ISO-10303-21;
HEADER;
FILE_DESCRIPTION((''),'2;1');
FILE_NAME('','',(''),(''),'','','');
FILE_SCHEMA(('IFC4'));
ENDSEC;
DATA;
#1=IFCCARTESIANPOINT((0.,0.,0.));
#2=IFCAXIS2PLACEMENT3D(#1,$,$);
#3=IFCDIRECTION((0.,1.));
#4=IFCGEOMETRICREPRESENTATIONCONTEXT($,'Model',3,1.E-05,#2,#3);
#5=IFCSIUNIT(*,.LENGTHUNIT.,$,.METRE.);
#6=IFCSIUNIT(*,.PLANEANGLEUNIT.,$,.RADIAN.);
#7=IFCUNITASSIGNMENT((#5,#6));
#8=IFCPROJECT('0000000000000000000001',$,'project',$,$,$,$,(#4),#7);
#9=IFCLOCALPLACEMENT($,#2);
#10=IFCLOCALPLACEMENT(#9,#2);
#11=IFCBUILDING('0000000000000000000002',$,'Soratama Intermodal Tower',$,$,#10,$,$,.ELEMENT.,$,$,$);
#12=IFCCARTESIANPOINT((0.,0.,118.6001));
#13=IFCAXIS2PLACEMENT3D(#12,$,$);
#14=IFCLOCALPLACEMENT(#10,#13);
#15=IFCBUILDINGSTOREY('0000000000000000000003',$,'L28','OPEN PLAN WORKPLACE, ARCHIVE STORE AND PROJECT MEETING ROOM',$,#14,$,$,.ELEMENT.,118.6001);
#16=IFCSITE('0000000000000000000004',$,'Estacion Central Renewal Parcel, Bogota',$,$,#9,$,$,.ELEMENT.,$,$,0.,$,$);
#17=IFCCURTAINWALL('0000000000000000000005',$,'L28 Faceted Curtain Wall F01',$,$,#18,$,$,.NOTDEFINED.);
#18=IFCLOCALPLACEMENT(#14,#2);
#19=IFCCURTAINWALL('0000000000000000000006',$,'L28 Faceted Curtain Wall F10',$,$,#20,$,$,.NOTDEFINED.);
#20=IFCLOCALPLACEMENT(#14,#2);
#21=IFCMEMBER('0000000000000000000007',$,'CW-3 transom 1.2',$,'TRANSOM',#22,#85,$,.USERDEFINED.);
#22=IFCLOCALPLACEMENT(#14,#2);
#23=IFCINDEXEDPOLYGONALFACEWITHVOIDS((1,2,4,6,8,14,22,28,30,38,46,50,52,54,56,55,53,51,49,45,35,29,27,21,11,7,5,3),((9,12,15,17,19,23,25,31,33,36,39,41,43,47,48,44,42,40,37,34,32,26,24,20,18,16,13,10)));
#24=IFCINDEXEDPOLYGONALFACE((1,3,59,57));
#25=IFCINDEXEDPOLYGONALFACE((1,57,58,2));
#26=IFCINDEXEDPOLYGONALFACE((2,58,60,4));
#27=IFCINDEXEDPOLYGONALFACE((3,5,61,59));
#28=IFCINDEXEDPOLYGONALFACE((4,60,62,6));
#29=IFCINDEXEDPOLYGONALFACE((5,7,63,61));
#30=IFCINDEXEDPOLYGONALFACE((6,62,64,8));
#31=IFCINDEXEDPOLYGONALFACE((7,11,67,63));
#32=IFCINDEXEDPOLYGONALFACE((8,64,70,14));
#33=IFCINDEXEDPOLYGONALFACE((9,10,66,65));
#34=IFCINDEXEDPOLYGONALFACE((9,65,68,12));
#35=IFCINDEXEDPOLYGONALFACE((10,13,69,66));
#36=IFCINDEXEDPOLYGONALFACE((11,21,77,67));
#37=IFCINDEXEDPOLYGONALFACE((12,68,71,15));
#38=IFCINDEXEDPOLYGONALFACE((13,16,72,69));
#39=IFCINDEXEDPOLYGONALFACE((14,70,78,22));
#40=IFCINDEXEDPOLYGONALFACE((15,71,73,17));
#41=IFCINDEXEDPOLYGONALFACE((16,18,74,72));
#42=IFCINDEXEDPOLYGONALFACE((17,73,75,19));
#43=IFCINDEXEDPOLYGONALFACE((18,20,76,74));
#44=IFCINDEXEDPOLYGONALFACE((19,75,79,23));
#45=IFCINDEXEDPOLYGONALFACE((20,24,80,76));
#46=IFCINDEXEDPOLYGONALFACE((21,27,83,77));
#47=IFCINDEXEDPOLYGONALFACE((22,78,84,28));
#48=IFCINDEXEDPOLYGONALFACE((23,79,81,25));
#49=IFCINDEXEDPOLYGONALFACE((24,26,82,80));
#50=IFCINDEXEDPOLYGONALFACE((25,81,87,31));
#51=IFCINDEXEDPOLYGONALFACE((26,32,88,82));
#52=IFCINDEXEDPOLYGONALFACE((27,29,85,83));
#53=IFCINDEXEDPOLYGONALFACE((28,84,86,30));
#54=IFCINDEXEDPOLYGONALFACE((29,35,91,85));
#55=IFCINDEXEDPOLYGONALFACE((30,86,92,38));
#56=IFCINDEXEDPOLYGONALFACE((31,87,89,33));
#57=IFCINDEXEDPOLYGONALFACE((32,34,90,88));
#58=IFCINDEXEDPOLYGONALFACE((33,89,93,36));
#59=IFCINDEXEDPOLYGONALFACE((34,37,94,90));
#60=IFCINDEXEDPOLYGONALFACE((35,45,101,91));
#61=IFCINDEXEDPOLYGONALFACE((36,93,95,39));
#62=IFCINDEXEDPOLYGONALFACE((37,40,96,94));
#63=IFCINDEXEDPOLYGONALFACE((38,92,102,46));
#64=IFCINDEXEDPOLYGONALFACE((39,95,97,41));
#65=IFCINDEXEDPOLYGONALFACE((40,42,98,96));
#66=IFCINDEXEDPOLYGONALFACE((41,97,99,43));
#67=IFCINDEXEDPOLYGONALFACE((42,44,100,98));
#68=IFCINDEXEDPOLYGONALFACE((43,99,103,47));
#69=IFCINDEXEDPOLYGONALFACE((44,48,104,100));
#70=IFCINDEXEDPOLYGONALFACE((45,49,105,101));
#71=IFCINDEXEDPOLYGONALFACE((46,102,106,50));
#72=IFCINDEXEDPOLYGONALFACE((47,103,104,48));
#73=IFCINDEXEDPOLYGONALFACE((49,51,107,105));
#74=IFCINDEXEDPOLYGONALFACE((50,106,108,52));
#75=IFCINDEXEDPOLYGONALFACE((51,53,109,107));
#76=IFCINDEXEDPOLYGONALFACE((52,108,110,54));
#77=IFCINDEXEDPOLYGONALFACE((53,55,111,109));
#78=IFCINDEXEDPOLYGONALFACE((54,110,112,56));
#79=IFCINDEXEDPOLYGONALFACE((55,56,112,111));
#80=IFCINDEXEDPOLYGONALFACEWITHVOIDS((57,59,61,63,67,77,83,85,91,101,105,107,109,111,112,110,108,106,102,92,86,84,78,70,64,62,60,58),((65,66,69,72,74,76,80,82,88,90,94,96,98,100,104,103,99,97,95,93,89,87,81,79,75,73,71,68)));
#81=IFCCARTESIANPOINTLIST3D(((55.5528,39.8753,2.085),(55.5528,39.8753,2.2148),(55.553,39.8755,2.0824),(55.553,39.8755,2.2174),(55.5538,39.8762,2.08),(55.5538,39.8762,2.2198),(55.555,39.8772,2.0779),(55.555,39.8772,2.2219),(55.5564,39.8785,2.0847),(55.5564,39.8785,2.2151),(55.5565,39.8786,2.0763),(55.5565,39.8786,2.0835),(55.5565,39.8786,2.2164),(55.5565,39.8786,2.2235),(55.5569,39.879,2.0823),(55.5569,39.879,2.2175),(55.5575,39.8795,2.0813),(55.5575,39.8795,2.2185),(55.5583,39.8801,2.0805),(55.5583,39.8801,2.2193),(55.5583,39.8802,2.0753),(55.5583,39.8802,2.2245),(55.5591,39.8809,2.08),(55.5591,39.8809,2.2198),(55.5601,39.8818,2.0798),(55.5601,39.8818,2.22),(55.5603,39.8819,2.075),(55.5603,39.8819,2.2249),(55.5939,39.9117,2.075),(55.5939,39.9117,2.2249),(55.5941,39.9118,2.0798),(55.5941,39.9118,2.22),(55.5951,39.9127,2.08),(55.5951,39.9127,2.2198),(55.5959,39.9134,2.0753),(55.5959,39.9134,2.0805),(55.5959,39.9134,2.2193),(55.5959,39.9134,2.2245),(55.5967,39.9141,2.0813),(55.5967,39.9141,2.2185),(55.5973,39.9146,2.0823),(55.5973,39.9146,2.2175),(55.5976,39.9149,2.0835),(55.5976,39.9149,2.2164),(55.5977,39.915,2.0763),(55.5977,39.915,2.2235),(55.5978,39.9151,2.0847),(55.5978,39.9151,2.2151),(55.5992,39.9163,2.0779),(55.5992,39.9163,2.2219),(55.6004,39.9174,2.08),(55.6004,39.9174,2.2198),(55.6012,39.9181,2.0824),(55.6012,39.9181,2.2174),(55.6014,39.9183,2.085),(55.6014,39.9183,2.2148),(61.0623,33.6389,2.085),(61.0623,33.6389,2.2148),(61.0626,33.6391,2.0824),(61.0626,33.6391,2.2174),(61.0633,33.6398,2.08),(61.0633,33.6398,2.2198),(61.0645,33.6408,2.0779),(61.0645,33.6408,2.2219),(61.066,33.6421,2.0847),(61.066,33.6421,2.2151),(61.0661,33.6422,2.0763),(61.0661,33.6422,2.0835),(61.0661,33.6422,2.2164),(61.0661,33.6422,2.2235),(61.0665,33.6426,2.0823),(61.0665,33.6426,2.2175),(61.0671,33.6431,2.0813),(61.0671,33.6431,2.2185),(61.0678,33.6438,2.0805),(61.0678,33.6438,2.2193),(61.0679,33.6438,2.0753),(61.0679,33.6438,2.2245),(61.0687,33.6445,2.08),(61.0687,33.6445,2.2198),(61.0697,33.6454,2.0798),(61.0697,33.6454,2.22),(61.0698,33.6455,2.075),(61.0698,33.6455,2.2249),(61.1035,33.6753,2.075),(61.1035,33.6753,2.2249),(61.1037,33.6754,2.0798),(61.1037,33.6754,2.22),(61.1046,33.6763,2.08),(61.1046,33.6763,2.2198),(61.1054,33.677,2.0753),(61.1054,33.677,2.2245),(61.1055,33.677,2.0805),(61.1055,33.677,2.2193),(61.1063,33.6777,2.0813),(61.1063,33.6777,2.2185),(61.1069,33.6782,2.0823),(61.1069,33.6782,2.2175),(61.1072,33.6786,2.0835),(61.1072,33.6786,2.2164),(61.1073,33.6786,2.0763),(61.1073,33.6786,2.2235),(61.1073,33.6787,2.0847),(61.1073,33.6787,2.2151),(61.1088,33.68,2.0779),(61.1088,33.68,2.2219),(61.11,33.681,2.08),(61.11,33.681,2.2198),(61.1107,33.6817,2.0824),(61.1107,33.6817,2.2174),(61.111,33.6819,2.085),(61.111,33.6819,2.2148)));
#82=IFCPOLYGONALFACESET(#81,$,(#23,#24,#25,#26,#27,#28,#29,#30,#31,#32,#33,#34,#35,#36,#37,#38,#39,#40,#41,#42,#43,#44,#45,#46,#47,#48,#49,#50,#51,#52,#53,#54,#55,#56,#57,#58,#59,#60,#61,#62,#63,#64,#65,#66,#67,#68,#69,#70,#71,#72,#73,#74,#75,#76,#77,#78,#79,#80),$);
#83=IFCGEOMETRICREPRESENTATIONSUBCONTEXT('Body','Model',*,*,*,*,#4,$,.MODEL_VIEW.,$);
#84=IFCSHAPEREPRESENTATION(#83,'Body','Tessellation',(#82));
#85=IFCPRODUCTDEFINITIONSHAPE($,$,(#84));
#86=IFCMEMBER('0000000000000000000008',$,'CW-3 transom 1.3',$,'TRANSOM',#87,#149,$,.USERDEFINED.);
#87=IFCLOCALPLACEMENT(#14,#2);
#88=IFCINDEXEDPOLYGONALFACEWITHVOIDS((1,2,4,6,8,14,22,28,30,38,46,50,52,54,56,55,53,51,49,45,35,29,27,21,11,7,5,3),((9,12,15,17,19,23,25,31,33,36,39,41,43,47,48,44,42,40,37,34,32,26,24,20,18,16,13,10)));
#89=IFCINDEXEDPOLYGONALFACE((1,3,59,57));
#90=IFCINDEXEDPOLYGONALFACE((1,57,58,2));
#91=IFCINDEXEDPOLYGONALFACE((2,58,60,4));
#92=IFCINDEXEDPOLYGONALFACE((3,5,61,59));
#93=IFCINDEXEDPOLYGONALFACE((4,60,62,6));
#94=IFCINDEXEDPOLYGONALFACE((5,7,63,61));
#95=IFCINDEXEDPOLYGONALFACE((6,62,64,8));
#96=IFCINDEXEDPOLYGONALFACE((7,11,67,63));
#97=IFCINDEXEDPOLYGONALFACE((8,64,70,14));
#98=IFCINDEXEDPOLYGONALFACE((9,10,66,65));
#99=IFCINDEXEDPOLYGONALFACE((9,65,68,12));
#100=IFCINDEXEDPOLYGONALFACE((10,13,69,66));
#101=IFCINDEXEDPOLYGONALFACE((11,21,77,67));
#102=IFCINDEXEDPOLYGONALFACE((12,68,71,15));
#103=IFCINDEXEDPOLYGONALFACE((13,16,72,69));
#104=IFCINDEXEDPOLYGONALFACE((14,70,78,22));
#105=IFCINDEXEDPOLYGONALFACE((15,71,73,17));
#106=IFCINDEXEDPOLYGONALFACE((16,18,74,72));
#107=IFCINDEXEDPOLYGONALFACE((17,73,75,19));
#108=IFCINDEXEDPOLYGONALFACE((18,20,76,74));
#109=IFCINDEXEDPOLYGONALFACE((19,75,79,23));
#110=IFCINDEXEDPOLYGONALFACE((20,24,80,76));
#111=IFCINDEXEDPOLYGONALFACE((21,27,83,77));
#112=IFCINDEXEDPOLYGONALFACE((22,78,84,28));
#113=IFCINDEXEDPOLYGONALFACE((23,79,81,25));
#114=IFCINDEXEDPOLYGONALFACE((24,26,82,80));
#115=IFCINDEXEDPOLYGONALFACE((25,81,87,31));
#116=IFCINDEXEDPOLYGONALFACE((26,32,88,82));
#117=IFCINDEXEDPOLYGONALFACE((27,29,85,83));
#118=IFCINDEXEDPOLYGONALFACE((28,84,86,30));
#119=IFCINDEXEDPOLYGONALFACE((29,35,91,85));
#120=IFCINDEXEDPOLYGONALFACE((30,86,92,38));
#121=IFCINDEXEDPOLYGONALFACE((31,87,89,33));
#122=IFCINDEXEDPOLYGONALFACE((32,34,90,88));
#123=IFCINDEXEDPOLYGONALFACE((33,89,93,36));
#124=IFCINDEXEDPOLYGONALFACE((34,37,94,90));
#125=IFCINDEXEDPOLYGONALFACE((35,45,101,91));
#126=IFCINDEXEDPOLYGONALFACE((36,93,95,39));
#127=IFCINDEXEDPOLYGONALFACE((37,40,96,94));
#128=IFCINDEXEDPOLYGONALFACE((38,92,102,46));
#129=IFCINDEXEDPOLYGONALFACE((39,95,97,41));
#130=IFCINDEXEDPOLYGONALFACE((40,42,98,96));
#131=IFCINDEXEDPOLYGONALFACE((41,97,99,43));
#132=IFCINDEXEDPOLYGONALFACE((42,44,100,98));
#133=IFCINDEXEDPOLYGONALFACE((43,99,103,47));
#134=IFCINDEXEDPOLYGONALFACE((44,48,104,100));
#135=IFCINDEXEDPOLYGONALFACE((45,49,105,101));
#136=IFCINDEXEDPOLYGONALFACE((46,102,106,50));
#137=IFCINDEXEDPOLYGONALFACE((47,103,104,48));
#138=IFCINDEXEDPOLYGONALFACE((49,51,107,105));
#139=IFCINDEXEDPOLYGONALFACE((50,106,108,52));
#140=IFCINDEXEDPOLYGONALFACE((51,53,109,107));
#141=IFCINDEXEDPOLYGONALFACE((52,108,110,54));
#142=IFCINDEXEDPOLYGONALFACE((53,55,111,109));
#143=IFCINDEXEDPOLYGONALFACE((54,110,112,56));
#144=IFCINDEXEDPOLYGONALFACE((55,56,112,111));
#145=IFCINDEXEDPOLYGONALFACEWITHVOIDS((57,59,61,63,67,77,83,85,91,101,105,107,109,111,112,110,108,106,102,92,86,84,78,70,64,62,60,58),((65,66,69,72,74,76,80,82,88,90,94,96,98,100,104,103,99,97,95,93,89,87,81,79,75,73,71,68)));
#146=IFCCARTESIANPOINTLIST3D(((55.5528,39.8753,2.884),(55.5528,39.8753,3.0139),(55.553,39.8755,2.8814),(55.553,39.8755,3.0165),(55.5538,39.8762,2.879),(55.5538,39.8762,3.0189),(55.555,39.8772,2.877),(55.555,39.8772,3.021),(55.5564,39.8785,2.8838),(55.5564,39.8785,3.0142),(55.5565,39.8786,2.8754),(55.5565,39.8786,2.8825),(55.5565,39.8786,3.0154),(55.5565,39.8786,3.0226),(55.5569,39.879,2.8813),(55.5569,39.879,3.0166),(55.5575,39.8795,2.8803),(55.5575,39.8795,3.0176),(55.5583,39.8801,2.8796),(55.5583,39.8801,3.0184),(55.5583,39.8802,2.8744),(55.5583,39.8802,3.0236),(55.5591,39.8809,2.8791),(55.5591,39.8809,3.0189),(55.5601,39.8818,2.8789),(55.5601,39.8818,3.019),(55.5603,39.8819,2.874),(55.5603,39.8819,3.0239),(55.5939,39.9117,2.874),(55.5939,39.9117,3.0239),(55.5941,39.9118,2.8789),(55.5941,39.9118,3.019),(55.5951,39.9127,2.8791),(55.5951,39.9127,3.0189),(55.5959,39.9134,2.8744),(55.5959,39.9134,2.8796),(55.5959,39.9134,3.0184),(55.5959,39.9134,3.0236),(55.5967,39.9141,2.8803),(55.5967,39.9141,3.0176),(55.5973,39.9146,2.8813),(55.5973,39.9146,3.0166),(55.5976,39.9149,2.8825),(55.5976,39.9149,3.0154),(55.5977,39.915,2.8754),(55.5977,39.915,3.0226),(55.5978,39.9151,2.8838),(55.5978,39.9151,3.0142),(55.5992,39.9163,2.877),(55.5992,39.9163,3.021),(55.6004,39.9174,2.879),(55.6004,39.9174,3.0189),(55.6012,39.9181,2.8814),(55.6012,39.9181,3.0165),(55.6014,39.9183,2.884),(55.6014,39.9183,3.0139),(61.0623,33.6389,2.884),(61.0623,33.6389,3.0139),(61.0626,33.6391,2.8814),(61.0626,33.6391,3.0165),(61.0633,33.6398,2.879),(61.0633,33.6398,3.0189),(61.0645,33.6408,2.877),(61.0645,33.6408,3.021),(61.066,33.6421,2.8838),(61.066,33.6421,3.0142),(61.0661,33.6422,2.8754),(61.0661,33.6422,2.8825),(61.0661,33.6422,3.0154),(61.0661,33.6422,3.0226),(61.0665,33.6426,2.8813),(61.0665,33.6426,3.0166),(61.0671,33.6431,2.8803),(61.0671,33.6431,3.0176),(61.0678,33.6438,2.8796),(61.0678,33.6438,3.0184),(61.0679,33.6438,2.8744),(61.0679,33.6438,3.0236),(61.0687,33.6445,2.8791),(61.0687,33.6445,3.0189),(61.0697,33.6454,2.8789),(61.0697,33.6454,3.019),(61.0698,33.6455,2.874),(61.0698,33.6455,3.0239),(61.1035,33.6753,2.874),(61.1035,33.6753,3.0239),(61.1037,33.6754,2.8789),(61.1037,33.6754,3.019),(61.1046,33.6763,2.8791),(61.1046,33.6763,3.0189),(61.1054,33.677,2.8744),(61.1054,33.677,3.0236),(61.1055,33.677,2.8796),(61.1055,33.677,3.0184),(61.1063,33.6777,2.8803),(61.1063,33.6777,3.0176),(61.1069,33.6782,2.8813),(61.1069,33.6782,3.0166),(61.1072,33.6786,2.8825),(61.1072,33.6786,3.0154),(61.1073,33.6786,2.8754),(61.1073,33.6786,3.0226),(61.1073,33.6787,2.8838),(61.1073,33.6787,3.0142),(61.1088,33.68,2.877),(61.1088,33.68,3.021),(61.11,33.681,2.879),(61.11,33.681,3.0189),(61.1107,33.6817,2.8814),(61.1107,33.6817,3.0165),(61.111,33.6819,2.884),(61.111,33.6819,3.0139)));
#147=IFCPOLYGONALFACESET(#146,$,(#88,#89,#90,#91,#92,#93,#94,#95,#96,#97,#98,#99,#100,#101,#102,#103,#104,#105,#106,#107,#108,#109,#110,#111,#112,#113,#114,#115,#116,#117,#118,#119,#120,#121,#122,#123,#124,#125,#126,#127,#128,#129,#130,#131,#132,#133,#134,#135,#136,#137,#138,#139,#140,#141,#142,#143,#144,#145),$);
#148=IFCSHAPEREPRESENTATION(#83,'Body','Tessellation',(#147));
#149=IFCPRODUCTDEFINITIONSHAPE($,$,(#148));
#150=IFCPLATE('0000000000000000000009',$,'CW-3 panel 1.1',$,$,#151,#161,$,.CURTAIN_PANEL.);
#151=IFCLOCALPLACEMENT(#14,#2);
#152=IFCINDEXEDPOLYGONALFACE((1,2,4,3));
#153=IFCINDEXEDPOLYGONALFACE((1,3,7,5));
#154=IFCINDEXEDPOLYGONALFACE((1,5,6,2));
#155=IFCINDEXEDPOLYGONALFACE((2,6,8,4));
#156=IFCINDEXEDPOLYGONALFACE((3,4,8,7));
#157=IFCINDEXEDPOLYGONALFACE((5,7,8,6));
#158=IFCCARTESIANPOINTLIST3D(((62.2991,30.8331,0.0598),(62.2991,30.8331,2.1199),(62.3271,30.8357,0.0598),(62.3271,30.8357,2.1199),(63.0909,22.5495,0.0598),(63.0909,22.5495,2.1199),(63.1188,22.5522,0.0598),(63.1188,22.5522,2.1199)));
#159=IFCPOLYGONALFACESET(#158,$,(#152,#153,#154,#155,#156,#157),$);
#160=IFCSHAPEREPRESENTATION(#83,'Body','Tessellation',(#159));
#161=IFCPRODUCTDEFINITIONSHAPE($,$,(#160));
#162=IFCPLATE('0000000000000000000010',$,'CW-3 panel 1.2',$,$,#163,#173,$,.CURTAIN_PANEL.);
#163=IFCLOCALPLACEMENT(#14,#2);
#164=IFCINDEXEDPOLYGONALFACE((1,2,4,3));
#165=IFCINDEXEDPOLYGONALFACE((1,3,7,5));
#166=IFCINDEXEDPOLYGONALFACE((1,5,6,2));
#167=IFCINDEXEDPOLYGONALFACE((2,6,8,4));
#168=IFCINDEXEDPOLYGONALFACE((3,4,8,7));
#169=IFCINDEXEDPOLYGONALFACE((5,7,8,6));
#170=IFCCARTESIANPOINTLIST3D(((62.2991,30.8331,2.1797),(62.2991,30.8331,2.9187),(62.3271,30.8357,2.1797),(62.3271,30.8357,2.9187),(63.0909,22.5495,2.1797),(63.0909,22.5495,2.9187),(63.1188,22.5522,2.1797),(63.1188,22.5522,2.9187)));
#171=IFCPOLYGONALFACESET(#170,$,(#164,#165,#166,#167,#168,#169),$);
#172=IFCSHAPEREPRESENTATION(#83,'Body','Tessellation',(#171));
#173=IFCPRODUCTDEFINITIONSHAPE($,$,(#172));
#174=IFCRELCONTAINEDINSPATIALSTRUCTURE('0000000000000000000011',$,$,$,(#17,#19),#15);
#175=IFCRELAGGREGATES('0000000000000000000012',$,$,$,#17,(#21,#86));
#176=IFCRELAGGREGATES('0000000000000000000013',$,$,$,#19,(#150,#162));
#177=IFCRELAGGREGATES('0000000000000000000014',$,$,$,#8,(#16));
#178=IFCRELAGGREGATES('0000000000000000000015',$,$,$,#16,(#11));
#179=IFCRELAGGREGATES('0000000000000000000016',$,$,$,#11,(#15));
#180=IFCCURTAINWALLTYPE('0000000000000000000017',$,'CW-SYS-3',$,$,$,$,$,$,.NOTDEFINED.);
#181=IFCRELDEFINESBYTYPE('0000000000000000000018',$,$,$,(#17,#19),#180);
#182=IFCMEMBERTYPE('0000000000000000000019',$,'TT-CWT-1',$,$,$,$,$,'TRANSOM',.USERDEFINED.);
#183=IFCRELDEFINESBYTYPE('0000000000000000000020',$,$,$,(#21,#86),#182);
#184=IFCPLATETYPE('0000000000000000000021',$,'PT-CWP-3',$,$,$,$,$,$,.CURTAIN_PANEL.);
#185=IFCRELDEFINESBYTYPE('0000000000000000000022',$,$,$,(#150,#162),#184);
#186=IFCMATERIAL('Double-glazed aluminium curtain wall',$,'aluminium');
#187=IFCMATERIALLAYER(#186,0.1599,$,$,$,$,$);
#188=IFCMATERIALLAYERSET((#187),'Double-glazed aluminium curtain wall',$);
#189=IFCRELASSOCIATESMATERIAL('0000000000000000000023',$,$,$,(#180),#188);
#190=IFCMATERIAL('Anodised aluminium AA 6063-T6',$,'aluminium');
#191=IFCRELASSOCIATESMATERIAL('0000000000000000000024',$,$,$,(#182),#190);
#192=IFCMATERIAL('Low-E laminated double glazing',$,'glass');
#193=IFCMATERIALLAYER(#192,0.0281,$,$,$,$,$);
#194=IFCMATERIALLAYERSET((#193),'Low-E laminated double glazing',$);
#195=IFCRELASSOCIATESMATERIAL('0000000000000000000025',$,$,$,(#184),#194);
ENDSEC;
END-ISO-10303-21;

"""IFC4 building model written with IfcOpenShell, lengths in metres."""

from ifc_helpers import new_model, si_unit, direction, frame, origin, origin_2d, place, context, subcontext, project, spatial, rectangle, hollow_rectangle, extrude, material, layer, layer_set, material_profile, profile_set, type_object, element, aggregate, save


model = new_model("IFC4")

# Units and contexts
model_context = context("Model", 3, precision=1e-05, world=origin(), true_north=direction((0.0, 1.0)))
body_context = subcontext(model_context, "Body", "Model", "MODEL_VIEW")
ifc_project = project(units=[si_unit("LENGTHUNIT", "METRE"), si_unit("PLANEANGLEUNIT", "RADIAN")], contexts=[model_context])

# Site, building, storey
site_placement = place(None, origin())
site = spatial("IfcSite", under=ifc_project, at=site_placement, Name="Estacion Central Renewal Parcel, Bogota", CompositionType="ELEMENT", RefElevation=0.0)
building_placement = place(site_placement, origin())
building = spatial("IfcBuilding", under=site, at=building_placement, Name="Soratama Intermodal Tower", CompositionType="ELEMENT")
storey_placement = place(building_placement, frame((0.0, 0.0, 118.6001)))
storey = spatial("IfcBuildingStorey", under=building, at=storey_placement, Name="L28", Description="OPEN PLAN WORKPLACE, ARCHIVE STORE AND PROJECT MEETING ROOM", CompositionType="ELEMENT", Elevation=118.6001)

# Curtain walls
ifc_material_1 = material(Name="Double-glazed aluminium curtain wall", Category="aluminium")
ifc_layer_1 = layer(ifc_material_1, 0.1599)
ifc_layer_set_1 = layer_set([ifc_layer_1], Name="Double-glazed aluminium curtain wall")
curtain_wall_type = type_object("IfcCurtainWallType", Name="CW-SYS-3", PredefinedType="NOTDEFINED", material=ifc_layer_set_1)
curtain_wall_1_placement = place(storey_placement, origin())
curtain_wall_1 = element("IfcCurtainWall", 1, at=curtain_wall_1_placement, inside=storey, type_object=curtain_wall_type, Name="L28 Faceted Curtain Wall F01", PredefinedType="NOTDEFINED")
curtain_wall_2_placement = place(storey_placement, origin())
curtain_wall_2 = element("IfcCurtainWall", 2, at=curtain_wall_2_placement, inside=storey, type_object=curtain_wall_type, Name="L28 Faceted Curtain Wall F10", PredefinedType="NOTDEFINED")

# Members
ifc_material_2 = material(Name="Anodised aluminium AA 6063-T6", Category="aluminium")
ifc_material_profile_1 = material_profile(ifc_material_2, hollow_rectangle(XDim=0.0649, YDim=0.1499, WallThickness=0.0049, InnerFilletRadius=0.0049, OuterFilletRadius=0.01, at=origin_2d()), Name="CWT150X65X5")
ifc_profile_set_1 = profile_set([ifc_material_profile_1], Name="Anodised aluminium AA 6063-T6")
member_type_1 = type_object("IfcMemberType", Name="TT-CWT-1", ElementType="TRANSOM", PredefinedType="USERDEFINED", material=ifc_profile_set_1)
member_1_placement = place(storey_placement, frame((61.0867, 33.6604, 2.1499), z_axis=(-0.662086, 0.749428, 0.0), x_axis=(-0.749428, -0.662086, 0.0)))
member_1 = element("IfcMember", 3, at=member_1_placement, type_object=member_type_1, Name="CW-3 transom 1.2", ObjectType="TRANSOM", PredefinedType="USERDEFINED", context=body_context, shape_type="SweptSolid", body=[
    extrude(hollow_rectangle(XDim=0.0649, YDim=0.1499, WallThickness=0.0049, InnerFilletRadius=0.0049, OuterFilletRadius=0.01, at=origin_2d()), origin(), (0.0, 0.0, 1.0), 8.3215),
])
member_2_placement = place(storey_placement, frame((61.0867, 33.6604, 2.949), z_axis=(-0.662086, 0.749428, 0.0), x_axis=(-0.749428, -0.662086, 0.0)))
member_2 = element("IfcMember", 4, at=member_2_placement, type_object=member_type_1, Name="CW-3 transom 1.3", ObjectType="TRANSOM", PredefinedType="USERDEFINED", context=body_context, shape_type="SweptSolid", body=[
    extrude(hollow_rectangle(XDim=0.0649, YDim=0.1499, WallThickness=0.0049, InnerFilletRadius=0.0049, OuterFilletRadius=0.01, at=origin_2d()), origin(), (0.0, 0.0, 1.0), 8.3215),
])
aggregate(curtain_wall_1, [member_1, member_2])

# Plates
ifc_material_3 = material(Name="Low-E laminated double glazing", Category="glass")
ifc_layer_2 = layer(ifc_material_3, 0.0281)
ifc_layer_set_2 = layer_set([ifc_layer_2], Name="Low-E laminated double glazing")
plate_type = type_object("IfcPlateType", Name="PT-CWP-3", PredefinedType="CURTAIN_PANEL", material=ifc_layer_set_2)
plate_1_placement = place(storey_placement, frame((62.709, 26.6926, 0.0598), z_axis=(0.0, 0.0, 1.0), x_axis=(-0.095151, 0.995463, 0.0)))
plate_1 = element("IfcPlate", 5, at=plate_1_placement, type_object=plate_type, Name="CW-3 panel 1.1", PredefinedType="CURTAIN_PANEL", context=body_context, shape_type="SweptSolid", body=[
    extrude(rectangle(XDim=8.3213, YDim=0.0281, at=origin_2d()), origin(), (0.0, 0.0, 1.0), 2.0601),
])
plate_2_placement = place(storey_placement, frame((62.709, 26.6926, 2.1797), z_axis=(0.0, 0.0, 1.0), x_axis=(-0.095151, 0.995463, 0.0)))
plate_2 = element("IfcPlate", 6, at=plate_2_placement, type_object=plate_type, Name="CW-3 panel 1.2", PredefinedType="CURTAIN_PANEL", context=body_context, shape_type="SweptSolid", body=[
    extrude(rectangle(XDim=8.3213, YDim=0.0281, at=origin_2d()), origin(), (0.0, 0.0, 1.0), 0.739),
])
aggregate(curtain_wall_2, [plate_1, plate_2])

save(model, "model.ifc")
